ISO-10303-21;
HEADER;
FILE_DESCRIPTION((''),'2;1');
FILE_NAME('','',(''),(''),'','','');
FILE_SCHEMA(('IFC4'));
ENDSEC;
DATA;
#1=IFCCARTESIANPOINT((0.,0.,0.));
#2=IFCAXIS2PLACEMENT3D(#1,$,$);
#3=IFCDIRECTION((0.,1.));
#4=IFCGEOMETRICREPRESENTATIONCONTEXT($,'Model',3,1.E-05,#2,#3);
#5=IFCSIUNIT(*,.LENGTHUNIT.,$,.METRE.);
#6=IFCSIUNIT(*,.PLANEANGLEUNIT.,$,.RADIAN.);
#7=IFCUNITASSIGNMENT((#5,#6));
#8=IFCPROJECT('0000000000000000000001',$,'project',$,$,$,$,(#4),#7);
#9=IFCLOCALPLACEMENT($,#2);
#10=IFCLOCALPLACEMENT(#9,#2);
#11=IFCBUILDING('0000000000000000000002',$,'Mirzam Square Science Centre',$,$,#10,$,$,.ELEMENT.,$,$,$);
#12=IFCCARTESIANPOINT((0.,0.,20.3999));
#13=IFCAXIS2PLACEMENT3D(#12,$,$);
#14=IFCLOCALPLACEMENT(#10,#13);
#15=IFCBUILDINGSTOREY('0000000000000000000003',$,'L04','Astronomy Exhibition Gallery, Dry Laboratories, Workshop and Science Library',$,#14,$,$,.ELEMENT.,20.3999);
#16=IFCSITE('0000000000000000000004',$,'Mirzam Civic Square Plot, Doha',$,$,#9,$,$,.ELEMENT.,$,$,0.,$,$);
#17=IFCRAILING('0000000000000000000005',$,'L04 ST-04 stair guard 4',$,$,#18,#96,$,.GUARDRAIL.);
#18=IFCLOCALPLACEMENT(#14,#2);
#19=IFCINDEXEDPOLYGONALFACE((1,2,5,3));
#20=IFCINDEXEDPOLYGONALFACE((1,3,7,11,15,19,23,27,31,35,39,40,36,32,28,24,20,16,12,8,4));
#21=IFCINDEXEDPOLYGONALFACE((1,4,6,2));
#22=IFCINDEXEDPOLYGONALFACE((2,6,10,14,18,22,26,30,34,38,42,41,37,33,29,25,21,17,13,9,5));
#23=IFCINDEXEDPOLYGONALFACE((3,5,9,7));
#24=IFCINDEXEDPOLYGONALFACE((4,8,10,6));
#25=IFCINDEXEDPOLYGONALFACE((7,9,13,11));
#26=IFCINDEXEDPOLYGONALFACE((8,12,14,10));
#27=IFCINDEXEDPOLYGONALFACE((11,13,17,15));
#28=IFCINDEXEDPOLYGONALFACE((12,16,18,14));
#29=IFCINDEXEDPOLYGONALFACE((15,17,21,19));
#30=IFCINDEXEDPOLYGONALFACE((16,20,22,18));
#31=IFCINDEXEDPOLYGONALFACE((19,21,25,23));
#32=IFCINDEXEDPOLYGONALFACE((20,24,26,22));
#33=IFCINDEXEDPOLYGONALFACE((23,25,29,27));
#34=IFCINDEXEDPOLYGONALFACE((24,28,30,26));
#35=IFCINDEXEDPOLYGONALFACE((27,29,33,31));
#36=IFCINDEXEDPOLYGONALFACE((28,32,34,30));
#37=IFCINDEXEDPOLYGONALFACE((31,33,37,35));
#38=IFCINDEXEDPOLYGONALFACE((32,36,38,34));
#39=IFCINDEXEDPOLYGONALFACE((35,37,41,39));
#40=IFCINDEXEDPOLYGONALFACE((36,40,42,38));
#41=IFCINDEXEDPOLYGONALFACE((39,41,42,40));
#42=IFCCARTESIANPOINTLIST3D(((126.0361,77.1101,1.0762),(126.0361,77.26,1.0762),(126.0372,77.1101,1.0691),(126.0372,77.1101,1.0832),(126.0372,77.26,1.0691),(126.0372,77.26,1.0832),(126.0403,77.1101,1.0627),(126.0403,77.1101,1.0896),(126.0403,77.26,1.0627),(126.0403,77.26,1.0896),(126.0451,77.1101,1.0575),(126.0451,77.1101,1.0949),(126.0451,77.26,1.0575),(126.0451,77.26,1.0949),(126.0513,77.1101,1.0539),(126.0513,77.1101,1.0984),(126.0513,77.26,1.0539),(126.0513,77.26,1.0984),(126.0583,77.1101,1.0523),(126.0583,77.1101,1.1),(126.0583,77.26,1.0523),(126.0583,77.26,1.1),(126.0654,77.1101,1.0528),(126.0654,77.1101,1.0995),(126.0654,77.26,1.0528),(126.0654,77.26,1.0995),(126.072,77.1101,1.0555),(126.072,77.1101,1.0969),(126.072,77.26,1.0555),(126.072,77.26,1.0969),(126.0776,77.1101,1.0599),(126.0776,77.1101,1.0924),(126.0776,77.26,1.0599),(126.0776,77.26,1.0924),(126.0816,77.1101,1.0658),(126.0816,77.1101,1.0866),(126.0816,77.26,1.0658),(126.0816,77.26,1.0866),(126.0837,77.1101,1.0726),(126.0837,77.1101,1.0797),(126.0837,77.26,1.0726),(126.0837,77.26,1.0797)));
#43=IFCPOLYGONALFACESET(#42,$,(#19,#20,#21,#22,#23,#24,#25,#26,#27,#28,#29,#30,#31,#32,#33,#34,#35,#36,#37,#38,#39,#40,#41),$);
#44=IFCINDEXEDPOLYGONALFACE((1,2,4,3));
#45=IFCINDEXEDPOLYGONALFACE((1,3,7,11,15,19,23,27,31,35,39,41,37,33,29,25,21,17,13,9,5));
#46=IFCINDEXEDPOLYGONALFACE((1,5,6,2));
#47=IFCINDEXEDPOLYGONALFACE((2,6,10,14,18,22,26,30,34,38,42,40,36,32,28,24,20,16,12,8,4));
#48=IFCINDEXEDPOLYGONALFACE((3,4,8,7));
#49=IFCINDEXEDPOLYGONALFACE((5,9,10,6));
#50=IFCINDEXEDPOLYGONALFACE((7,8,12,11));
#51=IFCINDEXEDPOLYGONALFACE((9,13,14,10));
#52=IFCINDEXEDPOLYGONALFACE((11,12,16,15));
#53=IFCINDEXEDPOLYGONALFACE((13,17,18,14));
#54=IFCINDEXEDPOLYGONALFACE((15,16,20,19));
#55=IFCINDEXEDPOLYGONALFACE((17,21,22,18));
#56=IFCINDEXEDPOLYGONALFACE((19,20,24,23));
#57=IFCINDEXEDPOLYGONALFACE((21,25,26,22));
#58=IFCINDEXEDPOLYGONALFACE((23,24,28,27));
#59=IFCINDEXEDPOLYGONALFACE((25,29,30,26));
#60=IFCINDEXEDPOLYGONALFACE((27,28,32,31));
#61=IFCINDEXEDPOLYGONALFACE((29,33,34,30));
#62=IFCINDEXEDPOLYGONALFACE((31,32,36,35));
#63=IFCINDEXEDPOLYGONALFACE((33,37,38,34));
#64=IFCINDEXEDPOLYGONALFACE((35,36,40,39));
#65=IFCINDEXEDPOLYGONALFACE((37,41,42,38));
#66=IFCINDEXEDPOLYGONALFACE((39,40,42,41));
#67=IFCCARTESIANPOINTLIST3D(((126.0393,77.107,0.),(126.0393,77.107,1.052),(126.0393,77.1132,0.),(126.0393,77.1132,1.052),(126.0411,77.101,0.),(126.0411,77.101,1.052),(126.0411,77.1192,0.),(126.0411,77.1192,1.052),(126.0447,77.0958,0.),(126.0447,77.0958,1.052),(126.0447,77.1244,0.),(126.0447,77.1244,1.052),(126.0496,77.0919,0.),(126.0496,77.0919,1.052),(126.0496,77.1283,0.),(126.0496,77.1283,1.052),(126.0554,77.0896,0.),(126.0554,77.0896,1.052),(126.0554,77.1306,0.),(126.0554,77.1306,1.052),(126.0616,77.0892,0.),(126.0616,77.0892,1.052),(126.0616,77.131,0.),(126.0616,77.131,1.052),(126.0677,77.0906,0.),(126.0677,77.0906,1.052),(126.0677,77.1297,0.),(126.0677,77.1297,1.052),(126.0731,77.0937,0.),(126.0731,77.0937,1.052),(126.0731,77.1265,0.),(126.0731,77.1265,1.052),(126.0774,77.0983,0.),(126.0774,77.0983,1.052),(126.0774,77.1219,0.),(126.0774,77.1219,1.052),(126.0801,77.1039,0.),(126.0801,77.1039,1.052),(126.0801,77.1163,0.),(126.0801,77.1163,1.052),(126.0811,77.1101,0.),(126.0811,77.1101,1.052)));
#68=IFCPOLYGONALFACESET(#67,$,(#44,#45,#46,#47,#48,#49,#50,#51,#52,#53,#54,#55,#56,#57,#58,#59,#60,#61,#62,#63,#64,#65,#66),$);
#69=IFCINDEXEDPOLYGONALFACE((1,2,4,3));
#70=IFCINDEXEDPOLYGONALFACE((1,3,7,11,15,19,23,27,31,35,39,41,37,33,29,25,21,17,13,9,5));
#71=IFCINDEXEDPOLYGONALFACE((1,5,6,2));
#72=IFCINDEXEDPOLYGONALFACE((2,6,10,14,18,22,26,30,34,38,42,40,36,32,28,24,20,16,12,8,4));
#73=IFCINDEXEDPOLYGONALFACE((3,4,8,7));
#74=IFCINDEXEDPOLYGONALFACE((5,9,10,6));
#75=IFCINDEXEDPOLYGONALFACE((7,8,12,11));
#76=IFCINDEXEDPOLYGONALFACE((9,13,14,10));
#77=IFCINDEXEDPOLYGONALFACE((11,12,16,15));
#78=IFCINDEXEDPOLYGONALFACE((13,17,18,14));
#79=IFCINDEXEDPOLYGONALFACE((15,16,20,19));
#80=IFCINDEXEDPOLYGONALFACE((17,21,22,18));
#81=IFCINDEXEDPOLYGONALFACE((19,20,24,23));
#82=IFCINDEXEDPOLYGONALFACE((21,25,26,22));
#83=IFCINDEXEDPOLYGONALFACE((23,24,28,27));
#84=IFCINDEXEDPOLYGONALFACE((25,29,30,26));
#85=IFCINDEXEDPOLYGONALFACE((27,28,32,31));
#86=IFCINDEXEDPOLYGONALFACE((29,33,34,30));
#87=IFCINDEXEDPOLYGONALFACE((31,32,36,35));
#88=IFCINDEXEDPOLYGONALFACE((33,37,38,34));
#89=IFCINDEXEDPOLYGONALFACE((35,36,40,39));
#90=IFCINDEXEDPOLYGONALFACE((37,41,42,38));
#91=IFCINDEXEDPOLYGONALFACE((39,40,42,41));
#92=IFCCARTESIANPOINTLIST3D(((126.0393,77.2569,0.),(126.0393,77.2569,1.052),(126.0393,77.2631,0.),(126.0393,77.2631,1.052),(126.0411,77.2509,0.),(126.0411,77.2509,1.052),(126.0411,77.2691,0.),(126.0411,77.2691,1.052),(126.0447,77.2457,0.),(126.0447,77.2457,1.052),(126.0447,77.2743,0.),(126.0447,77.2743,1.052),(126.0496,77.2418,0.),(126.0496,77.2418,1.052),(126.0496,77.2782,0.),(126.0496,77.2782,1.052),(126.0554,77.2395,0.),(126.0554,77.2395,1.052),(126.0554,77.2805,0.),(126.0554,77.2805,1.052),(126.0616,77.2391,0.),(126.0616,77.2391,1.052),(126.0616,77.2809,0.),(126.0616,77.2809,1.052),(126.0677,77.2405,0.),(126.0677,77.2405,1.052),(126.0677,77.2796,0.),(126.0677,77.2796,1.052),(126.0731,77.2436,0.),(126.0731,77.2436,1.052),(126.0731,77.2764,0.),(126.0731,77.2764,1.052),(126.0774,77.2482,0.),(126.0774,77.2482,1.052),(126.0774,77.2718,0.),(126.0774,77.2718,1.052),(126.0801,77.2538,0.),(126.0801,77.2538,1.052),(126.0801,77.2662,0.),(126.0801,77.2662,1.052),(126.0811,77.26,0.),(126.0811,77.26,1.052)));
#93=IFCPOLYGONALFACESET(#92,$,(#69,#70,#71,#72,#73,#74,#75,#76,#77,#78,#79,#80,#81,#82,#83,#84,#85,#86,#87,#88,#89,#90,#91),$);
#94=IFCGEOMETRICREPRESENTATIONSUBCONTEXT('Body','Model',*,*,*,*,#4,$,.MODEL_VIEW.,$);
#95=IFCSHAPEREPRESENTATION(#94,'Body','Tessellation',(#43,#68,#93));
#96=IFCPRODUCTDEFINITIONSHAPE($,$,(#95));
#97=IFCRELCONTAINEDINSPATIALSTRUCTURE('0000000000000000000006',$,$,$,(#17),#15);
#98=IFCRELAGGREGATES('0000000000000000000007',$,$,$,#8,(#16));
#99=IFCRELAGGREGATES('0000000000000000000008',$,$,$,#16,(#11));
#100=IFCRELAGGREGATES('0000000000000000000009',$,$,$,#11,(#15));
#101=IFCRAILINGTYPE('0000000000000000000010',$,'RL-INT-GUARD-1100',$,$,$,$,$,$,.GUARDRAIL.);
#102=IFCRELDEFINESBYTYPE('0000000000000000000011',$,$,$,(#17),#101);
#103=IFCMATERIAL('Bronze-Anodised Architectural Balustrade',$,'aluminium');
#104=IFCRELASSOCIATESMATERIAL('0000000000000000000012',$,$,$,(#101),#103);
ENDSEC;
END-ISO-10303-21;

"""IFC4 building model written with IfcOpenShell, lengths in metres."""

from ifc_helpers import new_model, si_unit, direction, frame, origin, origin_2d, place, context, subcontext, project, spatial, circle, extrude, material, type_object, element, save


model = new_model("IFC4")

# Units and contexts
model_context = context("Model", 3, precision=1e-05, world=origin(), true_north=direction((0.0, 1.0)))
body_context = subcontext(model_context, "Body", "Model", "MODEL_VIEW")
ifc_project = project(units=[si_unit("LENGTHUNIT", "METRE"), si_unit("PLANEANGLEUNIT", "RADIAN")], contexts=[model_context])

# Site, building, storey
site_placement = place(None, origin())
site = spatial("IfcSite", under=ifc_project, at=site_placement, Name="Mirzam Civic Square Plot, Doha", CompositionType="ELEMENT", RefElevation=0.0)
building_placement = place(site_placement, origin())
building = spatial("IfcBuilding", under=site, at=building_placement, Name="Mirzam Square Science Centre", CompositionType="ELEMENT")
storey_placement = place(building_placement, frame((0.0, 0.0, 20.3999)))
storey = spatial("IfcBuildingStorey", under=building, at=storey_placement, Name="L04", Description="Astronomy Exhibition Gallery, Dry Laboratories, Workshop and Science Library", CompositionType="ELEMENT", Elevation=20.3999)

# Railing
ifc_material_1 = material(Name="Bronze-Anodised Architectural Balustrade", Category="aluminium")
railing_type_1 = type_object("IfcRailingType", Name="RL-INT-GUARD-1100", PredefinedType="GUARDRAIL", material=ifc_material_1)
railing_1_placement = place(storey_placement, frame((126.0601, 77.1101, 0.0)))
element("IfcRailing", 1, at=railing_1_placement, inside=storey, type_object=railing_type_1, Name="L04 ST-04 stair guard 4", PredefinedType="GUARDRAIL", context=body_context, shape_type="SweptSolid", body=[
    extrude(circle(Radius=0.0239, at=origin_2d()), frame((0.0, 0.0, 1.0762), z_axis=(0.0, 1.0, 0.0), x_axis=(-1.0, 0.0, 0.0)), (0.0, 0.0, 1.0), 0.1499),
    extrude(circle(Radius=0.021, at=origin_2d()), origin(), (0.0, 0.0, 1.0), 1.052),
    extrude(circle(Radius=0.021, at=origin_2d()), frame((0.0, 0.1499, 0.0)), (0.0, 0.0, 1.0), 1.052),
])

save(model, "model.ifc")
